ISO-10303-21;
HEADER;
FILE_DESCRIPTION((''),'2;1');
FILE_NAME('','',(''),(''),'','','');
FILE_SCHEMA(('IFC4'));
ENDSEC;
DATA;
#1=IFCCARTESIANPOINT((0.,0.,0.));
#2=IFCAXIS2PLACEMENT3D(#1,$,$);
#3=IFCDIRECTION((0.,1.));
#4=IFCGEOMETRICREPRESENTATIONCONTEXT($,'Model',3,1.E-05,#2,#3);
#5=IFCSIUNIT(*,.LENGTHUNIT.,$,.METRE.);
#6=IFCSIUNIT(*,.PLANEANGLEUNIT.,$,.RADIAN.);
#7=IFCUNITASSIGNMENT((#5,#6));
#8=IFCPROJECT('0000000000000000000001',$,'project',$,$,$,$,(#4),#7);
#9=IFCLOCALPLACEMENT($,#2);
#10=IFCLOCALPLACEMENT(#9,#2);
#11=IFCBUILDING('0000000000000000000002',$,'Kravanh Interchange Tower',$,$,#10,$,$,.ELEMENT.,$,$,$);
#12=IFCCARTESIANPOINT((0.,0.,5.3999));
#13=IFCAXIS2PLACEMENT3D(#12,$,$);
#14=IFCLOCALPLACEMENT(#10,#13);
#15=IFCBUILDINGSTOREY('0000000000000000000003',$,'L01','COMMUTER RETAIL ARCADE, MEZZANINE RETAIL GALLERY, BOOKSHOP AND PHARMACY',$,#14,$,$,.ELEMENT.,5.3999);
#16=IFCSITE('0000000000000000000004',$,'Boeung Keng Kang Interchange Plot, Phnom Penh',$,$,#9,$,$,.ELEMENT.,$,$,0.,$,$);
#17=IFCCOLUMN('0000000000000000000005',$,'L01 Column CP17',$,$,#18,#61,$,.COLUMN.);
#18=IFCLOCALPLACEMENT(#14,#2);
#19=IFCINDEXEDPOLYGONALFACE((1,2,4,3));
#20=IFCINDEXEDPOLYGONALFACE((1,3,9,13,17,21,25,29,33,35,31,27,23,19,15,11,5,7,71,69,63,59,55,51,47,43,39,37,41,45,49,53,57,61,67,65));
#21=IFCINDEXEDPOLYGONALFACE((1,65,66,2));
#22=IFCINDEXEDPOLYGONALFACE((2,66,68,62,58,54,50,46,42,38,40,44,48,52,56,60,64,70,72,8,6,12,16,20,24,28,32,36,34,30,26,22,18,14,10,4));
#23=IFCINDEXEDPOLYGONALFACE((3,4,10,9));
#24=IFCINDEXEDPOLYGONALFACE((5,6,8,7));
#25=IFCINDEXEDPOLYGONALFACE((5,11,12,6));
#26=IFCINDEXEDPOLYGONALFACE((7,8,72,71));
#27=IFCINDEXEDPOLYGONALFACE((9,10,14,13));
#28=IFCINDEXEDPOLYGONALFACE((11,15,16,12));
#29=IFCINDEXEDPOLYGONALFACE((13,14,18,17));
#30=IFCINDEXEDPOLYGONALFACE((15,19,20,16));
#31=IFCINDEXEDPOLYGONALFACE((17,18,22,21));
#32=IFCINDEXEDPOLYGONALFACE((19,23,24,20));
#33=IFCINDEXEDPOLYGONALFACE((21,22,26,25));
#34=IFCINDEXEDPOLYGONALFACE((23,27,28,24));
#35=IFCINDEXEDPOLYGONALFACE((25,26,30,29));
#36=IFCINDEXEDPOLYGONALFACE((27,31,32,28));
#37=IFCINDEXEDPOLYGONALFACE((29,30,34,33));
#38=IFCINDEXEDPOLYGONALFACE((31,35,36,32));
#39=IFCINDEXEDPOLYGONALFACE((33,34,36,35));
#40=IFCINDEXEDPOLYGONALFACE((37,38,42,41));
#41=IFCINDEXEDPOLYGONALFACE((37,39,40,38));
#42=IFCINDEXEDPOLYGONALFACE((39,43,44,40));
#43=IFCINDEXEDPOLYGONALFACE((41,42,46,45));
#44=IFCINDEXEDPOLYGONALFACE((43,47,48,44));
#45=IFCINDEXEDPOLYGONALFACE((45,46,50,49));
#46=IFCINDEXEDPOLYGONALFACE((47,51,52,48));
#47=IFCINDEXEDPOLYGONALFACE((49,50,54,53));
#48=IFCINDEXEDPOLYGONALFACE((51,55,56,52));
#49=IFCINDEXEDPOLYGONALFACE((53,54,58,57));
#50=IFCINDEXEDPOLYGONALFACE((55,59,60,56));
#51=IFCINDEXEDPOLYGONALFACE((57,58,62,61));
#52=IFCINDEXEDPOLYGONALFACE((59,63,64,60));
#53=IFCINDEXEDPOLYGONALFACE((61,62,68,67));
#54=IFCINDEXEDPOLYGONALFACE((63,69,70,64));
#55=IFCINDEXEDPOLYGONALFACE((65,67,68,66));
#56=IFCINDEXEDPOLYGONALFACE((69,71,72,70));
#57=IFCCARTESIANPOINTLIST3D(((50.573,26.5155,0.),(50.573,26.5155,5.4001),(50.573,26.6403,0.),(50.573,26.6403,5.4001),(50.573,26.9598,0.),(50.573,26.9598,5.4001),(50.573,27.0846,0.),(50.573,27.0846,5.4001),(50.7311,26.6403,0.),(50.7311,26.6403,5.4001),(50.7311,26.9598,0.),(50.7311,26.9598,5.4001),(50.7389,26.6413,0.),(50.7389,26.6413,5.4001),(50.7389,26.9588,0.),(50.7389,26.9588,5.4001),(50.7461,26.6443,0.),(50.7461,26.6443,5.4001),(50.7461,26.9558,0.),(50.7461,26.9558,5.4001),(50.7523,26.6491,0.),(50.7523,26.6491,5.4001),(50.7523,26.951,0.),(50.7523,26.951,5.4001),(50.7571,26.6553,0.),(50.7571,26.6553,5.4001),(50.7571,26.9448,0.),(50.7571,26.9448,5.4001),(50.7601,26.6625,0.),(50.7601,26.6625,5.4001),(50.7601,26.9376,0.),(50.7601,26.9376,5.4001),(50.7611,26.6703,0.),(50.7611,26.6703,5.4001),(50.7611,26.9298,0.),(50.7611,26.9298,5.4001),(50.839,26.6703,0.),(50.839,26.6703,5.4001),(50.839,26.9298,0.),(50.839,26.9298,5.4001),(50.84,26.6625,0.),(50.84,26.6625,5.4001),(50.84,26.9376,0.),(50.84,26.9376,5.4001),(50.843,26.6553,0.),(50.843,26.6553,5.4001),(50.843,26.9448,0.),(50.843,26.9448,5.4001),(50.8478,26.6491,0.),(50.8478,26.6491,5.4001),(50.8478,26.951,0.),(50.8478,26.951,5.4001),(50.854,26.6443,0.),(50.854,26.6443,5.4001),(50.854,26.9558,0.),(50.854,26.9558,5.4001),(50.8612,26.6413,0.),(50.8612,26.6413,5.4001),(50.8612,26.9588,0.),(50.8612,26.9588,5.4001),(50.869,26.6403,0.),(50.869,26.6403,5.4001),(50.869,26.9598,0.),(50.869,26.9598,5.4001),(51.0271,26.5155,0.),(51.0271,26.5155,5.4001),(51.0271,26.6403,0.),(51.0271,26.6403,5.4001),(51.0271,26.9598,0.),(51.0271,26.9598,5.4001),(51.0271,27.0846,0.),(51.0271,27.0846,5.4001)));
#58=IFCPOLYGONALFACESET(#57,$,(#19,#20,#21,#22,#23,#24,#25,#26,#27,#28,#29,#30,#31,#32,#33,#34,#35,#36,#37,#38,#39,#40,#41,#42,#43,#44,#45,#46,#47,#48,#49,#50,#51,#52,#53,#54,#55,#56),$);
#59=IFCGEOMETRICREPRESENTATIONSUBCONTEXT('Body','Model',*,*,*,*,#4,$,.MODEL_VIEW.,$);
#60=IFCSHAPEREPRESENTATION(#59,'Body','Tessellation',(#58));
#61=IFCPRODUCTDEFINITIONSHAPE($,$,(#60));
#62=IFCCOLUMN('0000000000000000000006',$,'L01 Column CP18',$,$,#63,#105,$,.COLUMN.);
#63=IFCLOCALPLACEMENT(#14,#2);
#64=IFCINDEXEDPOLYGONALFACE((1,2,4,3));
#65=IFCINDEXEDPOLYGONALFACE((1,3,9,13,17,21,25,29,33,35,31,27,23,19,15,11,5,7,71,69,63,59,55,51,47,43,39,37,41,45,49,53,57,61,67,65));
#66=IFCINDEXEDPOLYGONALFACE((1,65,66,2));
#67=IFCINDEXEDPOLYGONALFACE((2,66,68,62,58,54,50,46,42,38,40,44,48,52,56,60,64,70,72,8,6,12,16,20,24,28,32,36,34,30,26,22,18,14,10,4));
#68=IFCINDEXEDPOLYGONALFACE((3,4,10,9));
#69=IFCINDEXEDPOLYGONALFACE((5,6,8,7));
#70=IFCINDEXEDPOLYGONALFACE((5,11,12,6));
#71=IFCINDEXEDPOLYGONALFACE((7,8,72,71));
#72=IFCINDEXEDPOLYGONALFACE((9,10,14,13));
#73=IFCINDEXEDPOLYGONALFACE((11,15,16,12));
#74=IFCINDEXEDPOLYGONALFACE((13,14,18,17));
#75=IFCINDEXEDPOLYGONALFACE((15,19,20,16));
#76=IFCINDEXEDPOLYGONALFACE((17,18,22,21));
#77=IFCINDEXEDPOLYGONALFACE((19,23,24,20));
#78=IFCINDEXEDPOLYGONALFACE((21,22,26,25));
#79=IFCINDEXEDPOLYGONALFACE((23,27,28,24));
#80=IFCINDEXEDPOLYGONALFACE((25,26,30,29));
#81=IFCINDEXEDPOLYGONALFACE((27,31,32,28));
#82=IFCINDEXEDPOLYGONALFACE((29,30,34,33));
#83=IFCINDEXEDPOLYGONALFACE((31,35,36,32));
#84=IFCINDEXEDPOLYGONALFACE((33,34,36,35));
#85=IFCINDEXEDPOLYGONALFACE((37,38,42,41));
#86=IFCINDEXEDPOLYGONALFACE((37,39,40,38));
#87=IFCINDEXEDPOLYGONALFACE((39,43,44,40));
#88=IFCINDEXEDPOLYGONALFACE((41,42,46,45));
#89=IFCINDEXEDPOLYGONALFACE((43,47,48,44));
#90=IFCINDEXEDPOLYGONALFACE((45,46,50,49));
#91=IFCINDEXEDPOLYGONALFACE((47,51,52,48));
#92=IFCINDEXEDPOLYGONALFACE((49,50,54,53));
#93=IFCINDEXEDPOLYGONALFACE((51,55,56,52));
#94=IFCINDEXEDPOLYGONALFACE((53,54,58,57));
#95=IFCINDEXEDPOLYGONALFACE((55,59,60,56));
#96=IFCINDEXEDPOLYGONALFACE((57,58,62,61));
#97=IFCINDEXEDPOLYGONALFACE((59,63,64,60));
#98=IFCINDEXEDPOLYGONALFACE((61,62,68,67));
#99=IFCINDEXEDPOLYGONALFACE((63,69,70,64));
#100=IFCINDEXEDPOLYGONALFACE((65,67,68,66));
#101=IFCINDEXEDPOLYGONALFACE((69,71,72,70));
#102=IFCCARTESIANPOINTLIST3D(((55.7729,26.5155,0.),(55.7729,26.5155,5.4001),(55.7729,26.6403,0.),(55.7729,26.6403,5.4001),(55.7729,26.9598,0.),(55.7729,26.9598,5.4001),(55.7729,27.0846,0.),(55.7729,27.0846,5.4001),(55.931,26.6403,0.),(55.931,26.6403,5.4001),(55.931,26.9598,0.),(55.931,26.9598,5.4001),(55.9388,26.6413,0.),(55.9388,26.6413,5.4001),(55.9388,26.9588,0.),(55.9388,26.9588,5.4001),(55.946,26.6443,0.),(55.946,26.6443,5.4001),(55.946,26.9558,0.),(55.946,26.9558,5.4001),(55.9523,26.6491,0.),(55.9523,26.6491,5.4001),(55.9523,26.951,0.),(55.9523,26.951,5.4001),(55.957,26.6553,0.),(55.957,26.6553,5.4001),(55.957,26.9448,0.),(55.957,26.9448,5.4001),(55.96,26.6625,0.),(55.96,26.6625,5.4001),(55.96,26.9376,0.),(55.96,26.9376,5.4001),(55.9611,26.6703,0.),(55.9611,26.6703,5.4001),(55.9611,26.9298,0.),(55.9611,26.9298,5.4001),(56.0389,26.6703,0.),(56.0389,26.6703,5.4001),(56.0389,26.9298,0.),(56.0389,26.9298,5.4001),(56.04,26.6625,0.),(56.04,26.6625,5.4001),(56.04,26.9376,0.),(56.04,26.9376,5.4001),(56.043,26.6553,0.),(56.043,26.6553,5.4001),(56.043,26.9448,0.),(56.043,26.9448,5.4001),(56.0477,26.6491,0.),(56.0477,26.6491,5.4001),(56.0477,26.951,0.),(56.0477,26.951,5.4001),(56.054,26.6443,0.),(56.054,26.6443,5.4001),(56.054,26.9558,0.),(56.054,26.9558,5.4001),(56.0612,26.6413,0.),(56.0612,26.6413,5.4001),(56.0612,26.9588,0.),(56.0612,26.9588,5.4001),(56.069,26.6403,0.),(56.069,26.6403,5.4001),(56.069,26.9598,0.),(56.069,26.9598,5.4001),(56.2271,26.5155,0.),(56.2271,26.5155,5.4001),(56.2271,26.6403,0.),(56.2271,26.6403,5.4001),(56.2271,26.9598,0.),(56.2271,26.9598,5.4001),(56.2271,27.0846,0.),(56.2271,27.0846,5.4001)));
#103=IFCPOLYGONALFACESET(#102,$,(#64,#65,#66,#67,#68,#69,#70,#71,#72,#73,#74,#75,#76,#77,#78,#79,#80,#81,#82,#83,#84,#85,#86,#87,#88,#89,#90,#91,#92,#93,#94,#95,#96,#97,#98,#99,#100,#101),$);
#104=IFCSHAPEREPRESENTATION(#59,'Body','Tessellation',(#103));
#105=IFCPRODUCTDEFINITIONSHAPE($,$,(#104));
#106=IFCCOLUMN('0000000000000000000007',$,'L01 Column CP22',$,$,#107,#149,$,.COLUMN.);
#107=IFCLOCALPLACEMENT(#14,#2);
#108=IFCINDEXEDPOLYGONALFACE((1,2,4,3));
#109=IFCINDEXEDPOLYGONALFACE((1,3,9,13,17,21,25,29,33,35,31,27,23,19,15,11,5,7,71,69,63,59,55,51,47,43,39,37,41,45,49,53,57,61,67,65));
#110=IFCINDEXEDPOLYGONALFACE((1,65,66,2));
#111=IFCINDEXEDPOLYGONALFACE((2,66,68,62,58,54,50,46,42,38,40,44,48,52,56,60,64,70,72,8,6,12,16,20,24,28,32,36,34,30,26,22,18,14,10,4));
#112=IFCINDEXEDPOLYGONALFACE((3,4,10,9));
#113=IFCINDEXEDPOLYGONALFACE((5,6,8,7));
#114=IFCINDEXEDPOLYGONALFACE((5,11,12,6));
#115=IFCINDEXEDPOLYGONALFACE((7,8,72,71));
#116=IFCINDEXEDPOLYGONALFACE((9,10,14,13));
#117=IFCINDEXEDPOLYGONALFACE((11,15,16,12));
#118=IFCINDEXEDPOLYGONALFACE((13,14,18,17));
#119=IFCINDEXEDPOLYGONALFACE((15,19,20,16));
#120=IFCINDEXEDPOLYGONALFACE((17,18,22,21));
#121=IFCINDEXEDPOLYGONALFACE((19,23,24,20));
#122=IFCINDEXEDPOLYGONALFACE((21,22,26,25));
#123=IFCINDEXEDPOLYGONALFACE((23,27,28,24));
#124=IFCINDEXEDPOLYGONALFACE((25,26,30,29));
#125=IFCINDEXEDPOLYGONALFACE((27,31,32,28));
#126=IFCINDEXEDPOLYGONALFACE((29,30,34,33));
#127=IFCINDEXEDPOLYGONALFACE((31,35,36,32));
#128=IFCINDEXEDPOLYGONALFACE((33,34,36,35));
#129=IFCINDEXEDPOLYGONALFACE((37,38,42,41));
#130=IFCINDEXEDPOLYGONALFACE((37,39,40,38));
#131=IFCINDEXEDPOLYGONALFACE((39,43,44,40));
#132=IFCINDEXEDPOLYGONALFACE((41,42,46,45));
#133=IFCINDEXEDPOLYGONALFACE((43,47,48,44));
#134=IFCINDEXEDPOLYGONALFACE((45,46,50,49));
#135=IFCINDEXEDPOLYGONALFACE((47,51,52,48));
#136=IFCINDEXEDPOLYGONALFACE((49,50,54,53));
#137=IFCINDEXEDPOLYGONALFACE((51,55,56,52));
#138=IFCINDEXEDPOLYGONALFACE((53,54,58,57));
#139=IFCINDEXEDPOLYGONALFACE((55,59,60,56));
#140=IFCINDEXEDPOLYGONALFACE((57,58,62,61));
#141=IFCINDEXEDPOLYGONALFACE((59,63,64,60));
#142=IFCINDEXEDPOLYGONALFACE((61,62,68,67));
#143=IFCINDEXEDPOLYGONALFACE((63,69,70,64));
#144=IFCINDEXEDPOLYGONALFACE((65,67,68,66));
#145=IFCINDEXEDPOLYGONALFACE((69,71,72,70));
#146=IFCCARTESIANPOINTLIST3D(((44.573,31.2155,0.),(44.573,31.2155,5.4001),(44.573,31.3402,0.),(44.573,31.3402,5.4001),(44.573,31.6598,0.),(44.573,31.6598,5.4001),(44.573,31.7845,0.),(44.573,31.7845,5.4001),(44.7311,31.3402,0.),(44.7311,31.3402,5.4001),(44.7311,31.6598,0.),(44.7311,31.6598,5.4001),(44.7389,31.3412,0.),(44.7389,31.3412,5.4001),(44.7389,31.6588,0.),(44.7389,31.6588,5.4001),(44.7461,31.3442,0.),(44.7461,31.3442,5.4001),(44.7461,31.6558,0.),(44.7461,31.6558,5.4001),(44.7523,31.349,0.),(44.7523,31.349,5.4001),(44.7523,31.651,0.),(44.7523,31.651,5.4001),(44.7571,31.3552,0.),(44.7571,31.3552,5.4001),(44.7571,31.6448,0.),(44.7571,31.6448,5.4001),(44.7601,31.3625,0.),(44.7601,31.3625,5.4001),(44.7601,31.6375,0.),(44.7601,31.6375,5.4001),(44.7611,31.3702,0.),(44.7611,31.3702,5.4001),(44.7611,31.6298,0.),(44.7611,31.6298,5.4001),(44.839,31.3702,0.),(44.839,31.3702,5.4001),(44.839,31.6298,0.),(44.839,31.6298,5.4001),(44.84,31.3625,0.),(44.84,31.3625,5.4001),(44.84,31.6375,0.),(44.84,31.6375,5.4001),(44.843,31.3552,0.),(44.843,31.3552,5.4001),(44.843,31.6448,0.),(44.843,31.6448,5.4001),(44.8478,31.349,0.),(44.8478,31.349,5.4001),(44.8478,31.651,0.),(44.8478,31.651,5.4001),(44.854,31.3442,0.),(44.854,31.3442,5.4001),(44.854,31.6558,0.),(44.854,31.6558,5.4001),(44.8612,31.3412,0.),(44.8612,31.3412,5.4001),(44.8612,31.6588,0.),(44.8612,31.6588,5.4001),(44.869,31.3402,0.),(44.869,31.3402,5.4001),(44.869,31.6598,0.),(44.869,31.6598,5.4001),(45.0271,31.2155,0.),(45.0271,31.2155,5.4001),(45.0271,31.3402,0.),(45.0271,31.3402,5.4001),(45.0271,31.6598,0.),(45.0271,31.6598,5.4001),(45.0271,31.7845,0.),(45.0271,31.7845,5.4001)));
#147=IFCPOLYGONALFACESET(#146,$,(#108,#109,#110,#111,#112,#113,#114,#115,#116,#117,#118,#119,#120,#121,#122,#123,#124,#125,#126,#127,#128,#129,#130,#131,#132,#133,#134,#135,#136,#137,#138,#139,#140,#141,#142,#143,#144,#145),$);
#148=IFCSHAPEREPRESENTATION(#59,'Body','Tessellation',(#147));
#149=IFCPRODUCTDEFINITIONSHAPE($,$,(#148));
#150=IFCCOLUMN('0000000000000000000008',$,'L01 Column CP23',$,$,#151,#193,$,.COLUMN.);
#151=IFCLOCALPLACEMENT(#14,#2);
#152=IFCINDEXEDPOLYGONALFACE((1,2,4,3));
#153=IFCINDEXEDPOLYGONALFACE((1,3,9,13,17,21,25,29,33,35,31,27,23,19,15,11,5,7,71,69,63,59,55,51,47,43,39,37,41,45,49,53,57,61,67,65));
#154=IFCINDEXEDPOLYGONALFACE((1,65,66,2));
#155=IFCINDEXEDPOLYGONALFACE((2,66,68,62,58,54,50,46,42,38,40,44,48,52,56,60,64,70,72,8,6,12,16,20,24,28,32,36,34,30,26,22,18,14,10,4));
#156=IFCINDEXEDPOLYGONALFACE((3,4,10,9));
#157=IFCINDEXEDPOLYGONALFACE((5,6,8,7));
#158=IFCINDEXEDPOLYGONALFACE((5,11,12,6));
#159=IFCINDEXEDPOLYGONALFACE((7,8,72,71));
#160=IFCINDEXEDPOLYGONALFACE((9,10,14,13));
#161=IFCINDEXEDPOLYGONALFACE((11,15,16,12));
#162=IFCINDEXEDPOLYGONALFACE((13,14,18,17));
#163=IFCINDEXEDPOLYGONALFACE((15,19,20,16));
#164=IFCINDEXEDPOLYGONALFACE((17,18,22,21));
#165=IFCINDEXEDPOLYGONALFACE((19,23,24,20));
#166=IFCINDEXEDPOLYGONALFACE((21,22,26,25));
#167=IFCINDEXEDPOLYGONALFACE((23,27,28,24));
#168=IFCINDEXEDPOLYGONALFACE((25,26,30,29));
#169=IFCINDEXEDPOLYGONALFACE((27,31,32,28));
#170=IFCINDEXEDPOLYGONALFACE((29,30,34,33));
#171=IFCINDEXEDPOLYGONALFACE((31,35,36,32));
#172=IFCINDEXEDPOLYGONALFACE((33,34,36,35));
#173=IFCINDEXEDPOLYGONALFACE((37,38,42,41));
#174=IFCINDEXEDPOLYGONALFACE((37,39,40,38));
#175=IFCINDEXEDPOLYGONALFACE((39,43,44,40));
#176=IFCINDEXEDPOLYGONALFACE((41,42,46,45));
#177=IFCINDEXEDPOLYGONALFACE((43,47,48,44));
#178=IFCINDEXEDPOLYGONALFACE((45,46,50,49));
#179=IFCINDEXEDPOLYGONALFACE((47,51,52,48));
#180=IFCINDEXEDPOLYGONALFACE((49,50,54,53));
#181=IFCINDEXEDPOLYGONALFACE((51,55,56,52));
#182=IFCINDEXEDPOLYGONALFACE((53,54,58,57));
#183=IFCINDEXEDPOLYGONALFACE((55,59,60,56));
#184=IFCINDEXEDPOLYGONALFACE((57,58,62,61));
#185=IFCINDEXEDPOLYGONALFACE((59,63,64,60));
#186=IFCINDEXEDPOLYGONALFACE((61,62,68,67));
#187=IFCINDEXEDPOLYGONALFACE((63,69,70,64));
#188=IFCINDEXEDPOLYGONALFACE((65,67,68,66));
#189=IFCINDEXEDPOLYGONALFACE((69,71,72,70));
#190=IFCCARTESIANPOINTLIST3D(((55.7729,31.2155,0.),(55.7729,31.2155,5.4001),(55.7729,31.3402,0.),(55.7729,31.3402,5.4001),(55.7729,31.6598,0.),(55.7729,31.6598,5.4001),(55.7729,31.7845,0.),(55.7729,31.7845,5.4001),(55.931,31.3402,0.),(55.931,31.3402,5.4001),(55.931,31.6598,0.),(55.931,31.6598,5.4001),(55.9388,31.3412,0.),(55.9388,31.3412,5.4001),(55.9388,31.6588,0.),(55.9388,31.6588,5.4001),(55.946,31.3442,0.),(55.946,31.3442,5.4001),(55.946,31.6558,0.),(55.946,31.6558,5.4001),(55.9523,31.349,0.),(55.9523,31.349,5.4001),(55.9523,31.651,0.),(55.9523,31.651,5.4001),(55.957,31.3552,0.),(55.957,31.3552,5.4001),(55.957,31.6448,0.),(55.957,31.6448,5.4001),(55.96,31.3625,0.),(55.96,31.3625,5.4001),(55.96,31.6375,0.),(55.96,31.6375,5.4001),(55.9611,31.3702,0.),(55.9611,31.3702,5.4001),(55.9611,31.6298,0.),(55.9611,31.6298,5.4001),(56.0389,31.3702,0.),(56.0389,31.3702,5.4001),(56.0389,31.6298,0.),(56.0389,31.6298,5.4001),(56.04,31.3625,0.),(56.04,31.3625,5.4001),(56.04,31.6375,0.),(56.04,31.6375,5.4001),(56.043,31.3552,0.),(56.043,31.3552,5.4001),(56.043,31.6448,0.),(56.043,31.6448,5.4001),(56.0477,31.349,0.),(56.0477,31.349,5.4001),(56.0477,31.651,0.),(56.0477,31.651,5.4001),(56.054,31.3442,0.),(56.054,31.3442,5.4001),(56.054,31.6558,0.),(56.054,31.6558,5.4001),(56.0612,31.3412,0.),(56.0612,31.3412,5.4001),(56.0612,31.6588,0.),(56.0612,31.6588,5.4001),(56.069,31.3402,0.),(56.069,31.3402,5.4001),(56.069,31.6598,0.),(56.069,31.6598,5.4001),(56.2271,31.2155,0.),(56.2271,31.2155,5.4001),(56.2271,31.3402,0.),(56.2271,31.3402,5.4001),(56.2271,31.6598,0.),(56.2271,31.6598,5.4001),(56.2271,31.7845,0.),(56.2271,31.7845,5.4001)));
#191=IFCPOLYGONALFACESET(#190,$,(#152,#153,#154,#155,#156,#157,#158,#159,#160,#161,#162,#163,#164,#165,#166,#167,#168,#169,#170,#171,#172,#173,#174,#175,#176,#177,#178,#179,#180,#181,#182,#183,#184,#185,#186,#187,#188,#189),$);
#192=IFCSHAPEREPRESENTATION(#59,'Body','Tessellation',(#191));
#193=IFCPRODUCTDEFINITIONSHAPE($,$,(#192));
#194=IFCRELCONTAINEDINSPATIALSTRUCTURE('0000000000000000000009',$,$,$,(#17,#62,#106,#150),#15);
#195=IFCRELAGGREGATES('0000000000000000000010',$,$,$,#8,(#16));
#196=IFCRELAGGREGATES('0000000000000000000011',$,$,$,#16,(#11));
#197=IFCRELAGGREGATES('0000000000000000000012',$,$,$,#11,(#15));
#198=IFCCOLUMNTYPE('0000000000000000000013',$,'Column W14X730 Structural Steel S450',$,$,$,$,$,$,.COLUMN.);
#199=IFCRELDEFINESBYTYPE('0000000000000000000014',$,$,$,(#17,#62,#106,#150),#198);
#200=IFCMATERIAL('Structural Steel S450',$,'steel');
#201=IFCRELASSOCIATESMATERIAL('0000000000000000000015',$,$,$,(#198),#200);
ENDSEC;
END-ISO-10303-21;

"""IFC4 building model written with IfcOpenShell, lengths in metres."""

from ifc_helpers import new_model, si_unit, direction, frame, origin, origin_2d, place, context, subcontext, project, spatial, i_section, extrude, material, material_profile, profile_set, type_object, element, save


model = new_model("IFC4")

# Units and contexts
model_context = context("Model", 3, precision=1e-05, world=origin(), true_north=direction((0.0, 1.0)))
body_context = subcontext(model_context, "Body", "Model", "MODEL_VIEW")
ifc_project = project(units=[si_unit("LENGTHUNIT", "METRE"), si_unit("PLANEANGLEUNIT", "RADIAN")], contexts=[model_context])

# Site, building, storey
site_placement = place(None, origin())
site = spatial("IfcSite", under=ifc_project, at=site_placement, Name="Boeung Keng Kang Interchange Plot, Phnom Penh", CompositionType="ELEMENT", RefElevation=0.0)
building_placement = place(site_placement, origin())
building = spatial("IfcBuilding", under=site, at=building_placement, Name="Kravanh Interchange Tower", CompositionType="ELEMENT")
storey_placement = place(building_placement, frame((0.0, 0.0, 5.3999)))
storey = spatial("IfcBuildingStorey", under=building, at=storey_placement, Name="L01", Description="COMMUTER RETAIL ARCADE, MEZZANINE RETAIL GALLERY, BOOKSHOP AND PHARMACY", CompositionType="ELEMENT", Elevation=5.3999)

# Columns
ifc_material_1 = material(Name="Structural Steel S450", Category="steel")
ifc_material_profile_1 = material_profile(ifc_material_1, i_section(OverallWidth=0.4541, OverallDepth=0.5691, WebThickness=0.0779, FlangeThickness=0.1248, FilletRadius=0.03, at=origin_2d()), Name="W14X730")
ifc_profile_set_1 = profile_set([ifc_material_profile_1], Name="Structural Steel S450")
column_type = type_object("IfcColumnType", Name="Column W14X730 Structural Steel S450", PredefinedType="COLUMN", material=ifc_profile_set_1)
for number, where, z_axis, x_axis, name in (
    (1, (50.8, 26.8, 0.0), (0.0, 0.0, 1.0), (1.0, 0.0, 0.0), "L01 Column CP17"),
    (2, (56.0, 26.8, 0.0), (0.0, 0.0, 1.0), (1.0, 0.0, 0.0), "L01 Column CP18"),
    (3, (44.8, 31.5, 0.0), (0.0, 0.0, 1.0), (1.0, 0.0, 0.0), "L01 Column CP22"),
    (4, (56.0, 31.5, 0.0), (0.0, 0.0, 1.0), (1.0, 0.0, 0.0), "L01 Column CP23"),
):
    element("IfcColumn", number, at=place(storey_placement, frame(where, z_axis=z_axis, x_axis=x_axis)), inside=storey, type_object=column_type, Name=name, PredefinedType="COLUMN", context=body_context, shape_type="SweptSolid", body=[
        extrude(i_section(OverallWidth=0.4541, OverallDepth=0.5691, WebThickness=0.0779, FlangeThickness=0.1248, FilletRadius=0.03, at=origin_2d()), origin(), (0.0, 0.0, 1.0), 5.4001),
    ])

save(model, "model.ifc")
